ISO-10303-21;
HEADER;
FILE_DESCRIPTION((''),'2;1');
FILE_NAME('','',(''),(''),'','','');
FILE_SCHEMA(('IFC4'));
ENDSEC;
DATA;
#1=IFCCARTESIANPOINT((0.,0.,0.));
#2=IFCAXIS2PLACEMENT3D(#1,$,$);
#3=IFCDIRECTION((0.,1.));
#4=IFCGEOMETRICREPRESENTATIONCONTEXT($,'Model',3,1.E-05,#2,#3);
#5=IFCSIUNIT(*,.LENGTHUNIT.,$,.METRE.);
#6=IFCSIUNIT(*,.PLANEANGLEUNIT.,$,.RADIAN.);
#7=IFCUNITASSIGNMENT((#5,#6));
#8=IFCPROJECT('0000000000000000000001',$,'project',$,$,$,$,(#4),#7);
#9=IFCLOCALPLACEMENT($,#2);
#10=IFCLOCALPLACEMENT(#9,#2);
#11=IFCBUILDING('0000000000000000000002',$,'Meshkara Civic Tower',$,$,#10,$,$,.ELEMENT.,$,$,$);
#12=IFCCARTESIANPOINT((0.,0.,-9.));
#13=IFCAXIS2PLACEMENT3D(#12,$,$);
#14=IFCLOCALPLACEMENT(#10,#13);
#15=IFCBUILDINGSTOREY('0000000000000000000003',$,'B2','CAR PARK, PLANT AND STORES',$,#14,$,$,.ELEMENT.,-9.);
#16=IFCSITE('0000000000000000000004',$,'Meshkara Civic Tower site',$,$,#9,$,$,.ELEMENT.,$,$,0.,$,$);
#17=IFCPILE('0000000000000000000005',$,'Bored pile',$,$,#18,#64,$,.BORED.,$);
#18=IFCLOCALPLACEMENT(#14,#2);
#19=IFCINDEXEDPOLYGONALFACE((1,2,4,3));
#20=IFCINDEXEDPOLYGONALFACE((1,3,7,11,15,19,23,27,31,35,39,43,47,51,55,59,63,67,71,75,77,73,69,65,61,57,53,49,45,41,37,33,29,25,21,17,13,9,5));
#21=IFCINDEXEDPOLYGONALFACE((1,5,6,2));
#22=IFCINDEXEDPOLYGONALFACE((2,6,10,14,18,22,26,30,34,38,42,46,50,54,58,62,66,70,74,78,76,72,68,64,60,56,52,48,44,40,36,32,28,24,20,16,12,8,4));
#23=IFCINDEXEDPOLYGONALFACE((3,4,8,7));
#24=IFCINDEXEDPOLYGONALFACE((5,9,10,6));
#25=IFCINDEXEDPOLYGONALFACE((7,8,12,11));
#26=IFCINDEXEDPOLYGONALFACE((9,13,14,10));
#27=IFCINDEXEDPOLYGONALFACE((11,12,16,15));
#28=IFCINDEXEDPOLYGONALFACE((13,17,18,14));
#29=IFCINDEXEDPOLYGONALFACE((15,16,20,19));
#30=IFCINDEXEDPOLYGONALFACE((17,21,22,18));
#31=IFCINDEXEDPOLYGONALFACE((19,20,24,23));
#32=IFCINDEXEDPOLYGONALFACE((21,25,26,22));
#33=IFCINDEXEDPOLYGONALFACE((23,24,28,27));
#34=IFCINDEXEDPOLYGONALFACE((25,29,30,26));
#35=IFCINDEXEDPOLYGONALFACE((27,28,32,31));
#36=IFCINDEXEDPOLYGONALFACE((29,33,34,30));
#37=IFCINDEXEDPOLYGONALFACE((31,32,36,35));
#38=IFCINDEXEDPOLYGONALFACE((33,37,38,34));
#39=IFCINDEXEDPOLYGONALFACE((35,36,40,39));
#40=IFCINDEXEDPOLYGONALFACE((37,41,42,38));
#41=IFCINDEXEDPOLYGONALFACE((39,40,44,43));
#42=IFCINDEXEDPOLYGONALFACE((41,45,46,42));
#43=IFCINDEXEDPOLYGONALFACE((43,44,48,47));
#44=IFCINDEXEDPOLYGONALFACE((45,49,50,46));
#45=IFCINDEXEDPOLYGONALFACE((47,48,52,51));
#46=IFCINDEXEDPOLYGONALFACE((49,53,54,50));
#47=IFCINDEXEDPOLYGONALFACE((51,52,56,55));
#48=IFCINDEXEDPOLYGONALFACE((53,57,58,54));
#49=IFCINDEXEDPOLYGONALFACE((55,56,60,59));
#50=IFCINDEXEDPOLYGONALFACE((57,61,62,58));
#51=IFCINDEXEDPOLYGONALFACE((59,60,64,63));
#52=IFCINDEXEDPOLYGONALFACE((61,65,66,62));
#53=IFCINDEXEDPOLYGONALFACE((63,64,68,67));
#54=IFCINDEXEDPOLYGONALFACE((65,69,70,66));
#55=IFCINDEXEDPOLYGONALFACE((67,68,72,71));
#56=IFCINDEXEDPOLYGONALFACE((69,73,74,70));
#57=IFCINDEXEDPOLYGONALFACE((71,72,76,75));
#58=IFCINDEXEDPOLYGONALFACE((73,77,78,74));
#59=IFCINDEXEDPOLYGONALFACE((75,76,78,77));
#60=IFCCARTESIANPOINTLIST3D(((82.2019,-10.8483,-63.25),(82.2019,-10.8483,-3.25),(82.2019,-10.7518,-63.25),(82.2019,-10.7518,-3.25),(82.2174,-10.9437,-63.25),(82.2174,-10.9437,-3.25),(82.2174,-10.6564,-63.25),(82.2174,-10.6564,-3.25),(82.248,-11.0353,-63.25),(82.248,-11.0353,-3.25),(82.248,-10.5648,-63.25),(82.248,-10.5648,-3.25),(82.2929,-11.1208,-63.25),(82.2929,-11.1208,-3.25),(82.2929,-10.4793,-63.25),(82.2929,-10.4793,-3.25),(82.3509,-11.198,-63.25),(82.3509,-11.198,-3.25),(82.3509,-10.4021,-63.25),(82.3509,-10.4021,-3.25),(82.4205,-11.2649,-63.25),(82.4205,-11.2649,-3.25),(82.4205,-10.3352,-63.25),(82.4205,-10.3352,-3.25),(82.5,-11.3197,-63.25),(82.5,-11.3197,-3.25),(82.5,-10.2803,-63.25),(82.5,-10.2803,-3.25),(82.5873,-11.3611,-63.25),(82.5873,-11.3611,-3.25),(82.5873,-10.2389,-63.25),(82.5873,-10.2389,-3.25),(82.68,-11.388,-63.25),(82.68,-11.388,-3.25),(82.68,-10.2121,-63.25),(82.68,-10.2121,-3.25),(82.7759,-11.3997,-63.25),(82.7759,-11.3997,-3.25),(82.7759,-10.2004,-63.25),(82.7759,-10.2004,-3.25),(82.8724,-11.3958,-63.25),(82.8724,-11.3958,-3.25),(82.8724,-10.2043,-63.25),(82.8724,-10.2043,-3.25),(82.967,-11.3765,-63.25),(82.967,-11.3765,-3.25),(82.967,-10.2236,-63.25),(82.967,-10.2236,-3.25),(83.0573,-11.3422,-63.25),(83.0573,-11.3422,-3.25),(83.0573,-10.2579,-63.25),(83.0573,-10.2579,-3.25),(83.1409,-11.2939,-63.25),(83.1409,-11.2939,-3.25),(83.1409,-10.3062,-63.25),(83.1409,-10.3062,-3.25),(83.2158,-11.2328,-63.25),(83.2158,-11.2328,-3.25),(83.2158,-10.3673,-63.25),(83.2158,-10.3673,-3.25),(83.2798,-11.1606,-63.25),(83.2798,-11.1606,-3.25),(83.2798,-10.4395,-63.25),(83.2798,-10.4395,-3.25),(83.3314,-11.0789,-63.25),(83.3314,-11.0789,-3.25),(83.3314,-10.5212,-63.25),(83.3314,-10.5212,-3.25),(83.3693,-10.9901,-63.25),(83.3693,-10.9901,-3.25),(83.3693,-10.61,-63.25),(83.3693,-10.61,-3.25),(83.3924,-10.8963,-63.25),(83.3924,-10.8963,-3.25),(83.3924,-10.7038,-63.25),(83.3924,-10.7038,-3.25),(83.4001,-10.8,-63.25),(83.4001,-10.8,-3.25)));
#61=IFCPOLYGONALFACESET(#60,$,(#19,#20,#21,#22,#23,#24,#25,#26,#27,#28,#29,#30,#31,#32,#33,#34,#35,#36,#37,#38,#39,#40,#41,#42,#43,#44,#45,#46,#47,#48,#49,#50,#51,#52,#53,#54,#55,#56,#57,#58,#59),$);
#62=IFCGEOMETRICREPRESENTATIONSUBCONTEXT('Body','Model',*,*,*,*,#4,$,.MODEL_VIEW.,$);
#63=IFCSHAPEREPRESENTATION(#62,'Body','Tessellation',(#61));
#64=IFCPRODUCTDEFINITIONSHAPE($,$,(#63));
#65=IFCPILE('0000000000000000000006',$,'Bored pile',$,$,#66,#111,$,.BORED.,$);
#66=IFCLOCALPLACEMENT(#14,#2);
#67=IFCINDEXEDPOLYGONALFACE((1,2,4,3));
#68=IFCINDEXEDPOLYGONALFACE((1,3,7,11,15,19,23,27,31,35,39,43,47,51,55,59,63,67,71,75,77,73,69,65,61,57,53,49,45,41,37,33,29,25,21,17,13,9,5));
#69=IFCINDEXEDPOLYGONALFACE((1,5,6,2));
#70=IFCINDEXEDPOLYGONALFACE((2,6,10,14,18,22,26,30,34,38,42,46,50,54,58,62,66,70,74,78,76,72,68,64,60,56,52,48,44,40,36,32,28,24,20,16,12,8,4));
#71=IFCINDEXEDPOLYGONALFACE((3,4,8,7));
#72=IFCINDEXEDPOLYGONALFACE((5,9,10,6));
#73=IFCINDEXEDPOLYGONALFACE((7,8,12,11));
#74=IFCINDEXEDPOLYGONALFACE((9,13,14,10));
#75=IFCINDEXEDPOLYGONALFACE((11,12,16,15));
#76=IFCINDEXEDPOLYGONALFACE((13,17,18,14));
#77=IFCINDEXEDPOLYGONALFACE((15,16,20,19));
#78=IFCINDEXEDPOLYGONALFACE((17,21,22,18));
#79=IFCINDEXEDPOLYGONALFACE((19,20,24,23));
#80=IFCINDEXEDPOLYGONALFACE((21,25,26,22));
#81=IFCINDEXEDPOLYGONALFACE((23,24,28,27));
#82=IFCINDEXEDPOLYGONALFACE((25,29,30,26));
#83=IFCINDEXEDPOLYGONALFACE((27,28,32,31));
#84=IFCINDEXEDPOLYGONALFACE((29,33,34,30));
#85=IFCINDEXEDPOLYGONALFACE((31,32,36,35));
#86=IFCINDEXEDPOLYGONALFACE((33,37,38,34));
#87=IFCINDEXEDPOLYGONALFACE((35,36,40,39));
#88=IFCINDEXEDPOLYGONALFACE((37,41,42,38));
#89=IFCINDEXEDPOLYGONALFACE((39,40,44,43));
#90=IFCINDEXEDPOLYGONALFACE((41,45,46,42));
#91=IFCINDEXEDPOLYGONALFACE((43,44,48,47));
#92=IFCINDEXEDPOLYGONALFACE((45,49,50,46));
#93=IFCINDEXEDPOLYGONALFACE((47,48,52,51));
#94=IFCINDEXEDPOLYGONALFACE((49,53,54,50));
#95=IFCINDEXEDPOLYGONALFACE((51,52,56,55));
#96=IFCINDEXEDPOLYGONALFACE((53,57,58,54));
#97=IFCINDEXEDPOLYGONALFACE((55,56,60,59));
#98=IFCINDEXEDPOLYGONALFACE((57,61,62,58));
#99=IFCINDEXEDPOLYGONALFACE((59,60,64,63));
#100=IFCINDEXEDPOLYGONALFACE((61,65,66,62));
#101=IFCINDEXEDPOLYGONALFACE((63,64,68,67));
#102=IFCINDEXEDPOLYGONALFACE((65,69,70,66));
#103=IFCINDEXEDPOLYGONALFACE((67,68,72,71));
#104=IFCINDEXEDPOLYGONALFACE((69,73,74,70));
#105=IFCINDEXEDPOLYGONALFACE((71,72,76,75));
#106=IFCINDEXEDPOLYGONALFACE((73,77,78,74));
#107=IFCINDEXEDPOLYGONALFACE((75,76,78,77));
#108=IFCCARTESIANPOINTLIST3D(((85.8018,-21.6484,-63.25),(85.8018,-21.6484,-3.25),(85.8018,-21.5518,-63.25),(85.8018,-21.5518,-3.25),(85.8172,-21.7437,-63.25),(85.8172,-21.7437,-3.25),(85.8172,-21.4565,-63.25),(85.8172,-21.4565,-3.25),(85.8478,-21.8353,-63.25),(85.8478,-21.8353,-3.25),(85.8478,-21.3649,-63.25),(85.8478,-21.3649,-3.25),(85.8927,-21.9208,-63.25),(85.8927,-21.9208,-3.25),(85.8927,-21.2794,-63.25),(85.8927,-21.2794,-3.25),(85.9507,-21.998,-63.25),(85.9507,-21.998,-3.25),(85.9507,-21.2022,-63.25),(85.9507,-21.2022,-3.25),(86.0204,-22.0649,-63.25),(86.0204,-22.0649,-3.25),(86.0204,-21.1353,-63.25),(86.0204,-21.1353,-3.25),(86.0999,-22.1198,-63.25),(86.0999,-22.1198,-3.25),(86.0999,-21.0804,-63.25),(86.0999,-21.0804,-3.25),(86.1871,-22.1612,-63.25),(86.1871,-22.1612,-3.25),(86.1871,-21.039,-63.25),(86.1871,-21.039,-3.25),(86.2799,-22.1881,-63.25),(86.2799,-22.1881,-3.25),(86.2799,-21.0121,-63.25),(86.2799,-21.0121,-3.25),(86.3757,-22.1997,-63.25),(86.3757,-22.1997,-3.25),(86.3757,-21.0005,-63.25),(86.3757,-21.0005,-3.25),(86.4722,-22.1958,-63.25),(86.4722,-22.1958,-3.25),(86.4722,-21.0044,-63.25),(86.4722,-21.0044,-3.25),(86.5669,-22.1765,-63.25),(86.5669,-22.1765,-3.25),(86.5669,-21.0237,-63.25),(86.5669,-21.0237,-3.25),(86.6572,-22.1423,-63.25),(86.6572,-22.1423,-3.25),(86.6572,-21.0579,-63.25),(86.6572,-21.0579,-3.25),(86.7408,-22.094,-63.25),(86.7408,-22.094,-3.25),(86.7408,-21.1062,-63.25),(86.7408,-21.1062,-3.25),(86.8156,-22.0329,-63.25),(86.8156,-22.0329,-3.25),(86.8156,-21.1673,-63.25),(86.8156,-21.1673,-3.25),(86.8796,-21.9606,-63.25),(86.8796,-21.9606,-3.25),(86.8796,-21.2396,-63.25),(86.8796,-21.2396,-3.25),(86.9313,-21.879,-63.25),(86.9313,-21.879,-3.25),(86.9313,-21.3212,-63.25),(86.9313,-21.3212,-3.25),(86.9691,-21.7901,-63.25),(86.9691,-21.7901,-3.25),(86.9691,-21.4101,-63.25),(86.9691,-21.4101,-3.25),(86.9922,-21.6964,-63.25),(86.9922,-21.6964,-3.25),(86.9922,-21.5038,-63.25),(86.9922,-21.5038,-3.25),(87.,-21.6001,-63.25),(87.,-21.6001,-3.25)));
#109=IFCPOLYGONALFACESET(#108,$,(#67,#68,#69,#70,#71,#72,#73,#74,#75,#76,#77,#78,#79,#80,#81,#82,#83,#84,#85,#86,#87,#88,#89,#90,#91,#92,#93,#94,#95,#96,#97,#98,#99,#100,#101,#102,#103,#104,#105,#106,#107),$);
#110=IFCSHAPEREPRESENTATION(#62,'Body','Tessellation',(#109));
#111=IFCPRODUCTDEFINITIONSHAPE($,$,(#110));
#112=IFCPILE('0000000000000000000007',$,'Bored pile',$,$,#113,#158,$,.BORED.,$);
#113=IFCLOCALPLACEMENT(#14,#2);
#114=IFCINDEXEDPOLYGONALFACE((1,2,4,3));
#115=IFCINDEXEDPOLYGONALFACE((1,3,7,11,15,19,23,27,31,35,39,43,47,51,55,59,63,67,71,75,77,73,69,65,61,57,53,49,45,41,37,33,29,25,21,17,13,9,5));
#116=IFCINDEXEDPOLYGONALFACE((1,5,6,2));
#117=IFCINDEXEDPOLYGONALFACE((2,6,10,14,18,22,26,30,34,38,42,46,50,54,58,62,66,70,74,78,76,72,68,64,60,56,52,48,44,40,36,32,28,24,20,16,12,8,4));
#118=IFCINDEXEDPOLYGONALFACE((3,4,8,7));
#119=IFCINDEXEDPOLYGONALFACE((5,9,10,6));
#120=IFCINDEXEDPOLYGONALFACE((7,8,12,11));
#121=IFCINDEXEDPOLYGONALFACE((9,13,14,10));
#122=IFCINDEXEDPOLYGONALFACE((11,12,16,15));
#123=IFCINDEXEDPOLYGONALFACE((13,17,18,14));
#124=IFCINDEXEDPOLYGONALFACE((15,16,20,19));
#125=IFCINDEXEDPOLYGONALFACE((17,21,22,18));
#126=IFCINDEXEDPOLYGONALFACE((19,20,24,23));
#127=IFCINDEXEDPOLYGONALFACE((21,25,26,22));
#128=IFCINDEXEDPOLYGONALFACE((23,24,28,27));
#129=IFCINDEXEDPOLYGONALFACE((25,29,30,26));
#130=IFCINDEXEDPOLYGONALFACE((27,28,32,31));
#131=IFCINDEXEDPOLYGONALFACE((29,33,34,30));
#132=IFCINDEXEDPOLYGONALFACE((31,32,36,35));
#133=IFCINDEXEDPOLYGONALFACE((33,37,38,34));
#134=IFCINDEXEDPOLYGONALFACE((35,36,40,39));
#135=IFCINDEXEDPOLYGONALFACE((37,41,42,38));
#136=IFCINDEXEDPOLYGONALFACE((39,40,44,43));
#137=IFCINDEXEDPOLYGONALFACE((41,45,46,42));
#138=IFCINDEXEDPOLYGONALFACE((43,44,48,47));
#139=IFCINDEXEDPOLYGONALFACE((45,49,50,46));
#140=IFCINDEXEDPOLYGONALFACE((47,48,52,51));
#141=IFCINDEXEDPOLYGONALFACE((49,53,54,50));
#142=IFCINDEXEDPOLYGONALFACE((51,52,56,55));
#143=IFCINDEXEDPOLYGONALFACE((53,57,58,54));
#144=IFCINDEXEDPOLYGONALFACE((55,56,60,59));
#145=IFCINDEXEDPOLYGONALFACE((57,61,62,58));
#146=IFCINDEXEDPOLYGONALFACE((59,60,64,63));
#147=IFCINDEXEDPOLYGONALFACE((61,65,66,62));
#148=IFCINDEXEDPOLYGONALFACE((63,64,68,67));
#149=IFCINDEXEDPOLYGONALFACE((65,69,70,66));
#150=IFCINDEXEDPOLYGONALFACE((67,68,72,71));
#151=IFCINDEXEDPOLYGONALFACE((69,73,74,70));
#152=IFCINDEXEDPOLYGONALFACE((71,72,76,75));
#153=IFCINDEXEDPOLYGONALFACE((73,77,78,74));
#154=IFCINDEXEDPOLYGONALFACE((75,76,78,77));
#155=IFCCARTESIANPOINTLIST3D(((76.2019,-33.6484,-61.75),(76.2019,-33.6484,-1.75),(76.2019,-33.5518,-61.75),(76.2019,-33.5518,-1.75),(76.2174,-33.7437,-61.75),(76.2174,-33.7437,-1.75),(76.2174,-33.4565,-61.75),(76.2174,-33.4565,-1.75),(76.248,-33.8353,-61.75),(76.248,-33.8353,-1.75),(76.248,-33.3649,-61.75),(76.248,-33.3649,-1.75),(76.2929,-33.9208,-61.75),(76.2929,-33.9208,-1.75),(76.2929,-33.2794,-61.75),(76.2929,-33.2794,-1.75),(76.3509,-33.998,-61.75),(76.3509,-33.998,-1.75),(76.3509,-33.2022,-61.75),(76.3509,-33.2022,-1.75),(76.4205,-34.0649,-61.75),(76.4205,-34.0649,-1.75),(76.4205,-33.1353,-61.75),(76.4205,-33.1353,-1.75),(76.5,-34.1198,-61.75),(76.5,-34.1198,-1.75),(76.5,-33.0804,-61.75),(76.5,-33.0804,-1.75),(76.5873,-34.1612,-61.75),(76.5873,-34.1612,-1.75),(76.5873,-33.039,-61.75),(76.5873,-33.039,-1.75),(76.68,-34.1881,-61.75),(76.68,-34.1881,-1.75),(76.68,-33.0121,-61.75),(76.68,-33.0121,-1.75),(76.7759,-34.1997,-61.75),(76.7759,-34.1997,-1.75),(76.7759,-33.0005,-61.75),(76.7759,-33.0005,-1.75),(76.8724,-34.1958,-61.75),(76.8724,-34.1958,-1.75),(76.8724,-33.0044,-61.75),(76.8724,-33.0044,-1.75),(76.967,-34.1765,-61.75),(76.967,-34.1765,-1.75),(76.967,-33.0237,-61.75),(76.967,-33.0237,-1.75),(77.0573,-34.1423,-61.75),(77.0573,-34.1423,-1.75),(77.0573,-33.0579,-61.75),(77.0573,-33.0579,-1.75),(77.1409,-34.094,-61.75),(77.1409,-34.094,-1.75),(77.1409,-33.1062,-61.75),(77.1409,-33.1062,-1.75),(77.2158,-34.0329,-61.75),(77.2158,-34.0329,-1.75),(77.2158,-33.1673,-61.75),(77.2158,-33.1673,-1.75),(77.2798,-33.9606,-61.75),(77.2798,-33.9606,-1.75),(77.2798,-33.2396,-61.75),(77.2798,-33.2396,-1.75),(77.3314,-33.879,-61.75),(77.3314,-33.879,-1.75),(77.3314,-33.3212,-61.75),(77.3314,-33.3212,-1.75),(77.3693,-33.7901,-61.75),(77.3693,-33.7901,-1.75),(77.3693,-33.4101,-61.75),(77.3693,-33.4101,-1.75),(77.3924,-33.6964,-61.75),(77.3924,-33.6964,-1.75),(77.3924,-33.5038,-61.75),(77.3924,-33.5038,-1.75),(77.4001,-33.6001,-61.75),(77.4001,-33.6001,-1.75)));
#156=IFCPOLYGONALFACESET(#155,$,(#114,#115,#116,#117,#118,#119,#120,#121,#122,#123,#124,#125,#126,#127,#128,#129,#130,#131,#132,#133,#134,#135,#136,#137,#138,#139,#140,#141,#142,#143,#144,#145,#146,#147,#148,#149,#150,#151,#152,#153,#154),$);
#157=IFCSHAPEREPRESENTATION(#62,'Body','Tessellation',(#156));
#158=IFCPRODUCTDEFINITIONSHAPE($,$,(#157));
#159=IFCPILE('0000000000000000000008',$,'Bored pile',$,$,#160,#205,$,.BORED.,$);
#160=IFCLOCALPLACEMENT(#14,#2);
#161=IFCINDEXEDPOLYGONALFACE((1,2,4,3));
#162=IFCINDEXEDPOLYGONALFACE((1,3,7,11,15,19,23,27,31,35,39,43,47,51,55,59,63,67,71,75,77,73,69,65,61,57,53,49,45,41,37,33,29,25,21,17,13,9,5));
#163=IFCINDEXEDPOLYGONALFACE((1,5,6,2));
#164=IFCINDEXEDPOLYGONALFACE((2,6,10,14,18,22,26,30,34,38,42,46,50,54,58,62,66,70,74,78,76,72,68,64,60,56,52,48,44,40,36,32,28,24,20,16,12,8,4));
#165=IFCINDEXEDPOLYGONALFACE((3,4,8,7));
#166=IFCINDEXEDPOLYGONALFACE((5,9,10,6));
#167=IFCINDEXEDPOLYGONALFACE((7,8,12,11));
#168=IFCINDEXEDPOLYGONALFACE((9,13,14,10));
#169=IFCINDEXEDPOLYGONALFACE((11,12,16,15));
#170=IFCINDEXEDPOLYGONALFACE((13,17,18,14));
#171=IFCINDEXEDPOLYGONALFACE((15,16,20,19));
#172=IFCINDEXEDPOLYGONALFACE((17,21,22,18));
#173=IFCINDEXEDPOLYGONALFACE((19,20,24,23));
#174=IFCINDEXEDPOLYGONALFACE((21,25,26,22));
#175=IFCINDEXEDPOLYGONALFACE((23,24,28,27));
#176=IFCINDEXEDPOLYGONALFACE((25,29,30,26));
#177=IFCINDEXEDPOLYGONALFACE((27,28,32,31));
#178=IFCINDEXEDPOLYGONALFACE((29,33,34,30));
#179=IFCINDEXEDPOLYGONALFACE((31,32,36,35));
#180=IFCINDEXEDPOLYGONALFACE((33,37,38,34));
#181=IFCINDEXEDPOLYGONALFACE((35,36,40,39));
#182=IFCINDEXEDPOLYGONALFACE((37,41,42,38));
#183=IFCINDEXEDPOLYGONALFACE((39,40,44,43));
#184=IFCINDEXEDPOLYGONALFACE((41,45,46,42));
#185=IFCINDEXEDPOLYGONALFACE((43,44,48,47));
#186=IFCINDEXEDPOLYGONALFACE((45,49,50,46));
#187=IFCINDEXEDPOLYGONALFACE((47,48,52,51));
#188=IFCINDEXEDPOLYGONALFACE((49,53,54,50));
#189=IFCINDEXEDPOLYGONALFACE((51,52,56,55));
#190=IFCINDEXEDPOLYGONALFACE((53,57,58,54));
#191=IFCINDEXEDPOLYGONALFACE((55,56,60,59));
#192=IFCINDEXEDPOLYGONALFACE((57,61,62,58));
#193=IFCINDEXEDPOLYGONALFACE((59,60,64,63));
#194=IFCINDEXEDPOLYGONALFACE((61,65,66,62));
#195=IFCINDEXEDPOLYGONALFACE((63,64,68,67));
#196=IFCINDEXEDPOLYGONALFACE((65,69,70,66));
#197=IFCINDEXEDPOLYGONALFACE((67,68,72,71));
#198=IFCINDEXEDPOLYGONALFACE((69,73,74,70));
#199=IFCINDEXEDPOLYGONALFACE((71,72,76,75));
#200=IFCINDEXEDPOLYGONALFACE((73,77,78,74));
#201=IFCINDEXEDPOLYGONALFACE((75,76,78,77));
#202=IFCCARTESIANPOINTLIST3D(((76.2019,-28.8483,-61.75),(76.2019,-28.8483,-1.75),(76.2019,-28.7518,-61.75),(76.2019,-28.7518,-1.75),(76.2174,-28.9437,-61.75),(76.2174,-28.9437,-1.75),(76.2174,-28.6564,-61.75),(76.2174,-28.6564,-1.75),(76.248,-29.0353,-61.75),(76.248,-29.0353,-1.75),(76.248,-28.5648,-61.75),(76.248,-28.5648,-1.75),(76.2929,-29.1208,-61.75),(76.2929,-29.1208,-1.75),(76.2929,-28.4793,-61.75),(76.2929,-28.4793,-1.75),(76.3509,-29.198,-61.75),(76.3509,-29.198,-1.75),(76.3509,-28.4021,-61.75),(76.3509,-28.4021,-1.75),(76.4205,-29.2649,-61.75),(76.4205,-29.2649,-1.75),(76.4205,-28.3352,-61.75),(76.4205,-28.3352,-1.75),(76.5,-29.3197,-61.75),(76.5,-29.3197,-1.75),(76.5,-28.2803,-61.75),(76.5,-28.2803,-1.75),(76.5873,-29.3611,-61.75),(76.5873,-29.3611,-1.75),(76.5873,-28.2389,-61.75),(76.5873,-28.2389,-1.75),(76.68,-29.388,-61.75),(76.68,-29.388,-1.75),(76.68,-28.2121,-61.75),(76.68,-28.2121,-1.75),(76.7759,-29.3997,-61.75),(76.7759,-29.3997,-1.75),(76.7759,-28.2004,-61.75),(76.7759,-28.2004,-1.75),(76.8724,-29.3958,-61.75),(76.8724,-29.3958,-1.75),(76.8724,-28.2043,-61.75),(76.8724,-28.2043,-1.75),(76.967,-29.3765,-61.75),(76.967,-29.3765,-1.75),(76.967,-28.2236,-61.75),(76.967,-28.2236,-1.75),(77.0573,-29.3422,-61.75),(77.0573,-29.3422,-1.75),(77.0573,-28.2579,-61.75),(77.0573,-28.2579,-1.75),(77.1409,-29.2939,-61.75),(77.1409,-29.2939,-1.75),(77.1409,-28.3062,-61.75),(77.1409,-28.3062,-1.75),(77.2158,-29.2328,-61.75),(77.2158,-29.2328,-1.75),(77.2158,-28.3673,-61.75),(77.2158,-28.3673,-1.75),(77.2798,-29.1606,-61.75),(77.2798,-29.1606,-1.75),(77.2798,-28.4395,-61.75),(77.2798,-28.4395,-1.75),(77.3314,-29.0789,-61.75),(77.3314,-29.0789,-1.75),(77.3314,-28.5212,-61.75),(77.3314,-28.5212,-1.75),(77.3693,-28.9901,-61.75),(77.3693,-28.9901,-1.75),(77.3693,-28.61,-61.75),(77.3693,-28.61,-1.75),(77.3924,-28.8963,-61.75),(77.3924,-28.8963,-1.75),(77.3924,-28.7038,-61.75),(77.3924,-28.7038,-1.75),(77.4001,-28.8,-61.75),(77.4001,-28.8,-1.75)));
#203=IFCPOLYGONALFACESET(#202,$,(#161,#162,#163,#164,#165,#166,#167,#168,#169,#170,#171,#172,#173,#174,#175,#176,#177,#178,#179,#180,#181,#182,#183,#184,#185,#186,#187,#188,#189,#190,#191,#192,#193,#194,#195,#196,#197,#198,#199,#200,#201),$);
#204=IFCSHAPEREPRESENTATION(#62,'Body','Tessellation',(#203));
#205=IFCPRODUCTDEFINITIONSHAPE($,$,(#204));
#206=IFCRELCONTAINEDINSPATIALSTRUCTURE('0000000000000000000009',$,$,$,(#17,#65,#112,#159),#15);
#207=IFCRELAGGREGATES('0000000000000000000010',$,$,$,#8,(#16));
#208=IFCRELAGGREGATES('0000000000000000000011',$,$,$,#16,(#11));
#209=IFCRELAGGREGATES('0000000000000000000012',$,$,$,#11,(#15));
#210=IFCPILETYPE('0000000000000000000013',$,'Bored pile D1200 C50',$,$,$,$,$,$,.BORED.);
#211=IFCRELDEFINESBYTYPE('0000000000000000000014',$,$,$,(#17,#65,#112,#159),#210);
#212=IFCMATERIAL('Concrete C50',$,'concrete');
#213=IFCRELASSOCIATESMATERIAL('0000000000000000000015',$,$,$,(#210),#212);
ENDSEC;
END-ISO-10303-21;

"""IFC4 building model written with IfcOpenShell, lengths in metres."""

from ifc_helpers import new_model, si_unit, direction, frame, origin, origin_2d, place, context, subcontext, project, spatial, circle, extrude, material, material_profile, profile_set, type_object, element, save


model = new_model("IFC4")

# Units and contexts
model_context = context("Model", 3, precision=1e-05, world=origin(), true_north=direction((0.0, 1.0)))
body_context = subcontext(model_context, "Body", "Model", "MODEL_VIEW")
ifc_project = project(units=[si_unit("LENGTHUNIT", "METRE"), si_unit("PLANEANGLEUNIT", "RADIAN")], contexts=[model_context])

# Site, building, storey
site_placement = place(None, origin())
site = spatial("IfcSite", under=ifc_project, at=site_placement, Name="Meshkara Civic Tower site", CompositionType="ELEMENT", RefElevation=0.0)
building_placement = place(site_placement, origin())
building = spatial("IfcBuilding", under=site, at=building_placement, Name="Meshkara Civic Tower", CompositionType="ELEMENT")
storey_placement = place(building_placement, frame((0.0, 0.0, -9.0)))
storey = spatial("IfcBuildingStorey", under=building, at=storey_placement, Name="B2", Description="CAR PARK, PLANT AND STORES", CompositionType="ELEMENT", Elevation=-9.0)

# Piles
ifc_material_1 = material(Name="Concrete C50", Category="concrete")
ifc_material_profile_1 = material_profile(ifc_material_1, circle(Radius=0.6001, at=origin_2d()))
ifc_profile_set_1 = profile_set([ifc_material_profile_1], Name="Concrete C50")
pile_type = type_object("IfcPileType", Name="Bored pile D1200 C50", PredefinedType="BORED", material=ifc_profile_set_1)
for number, where, z_axis, x_axis, name in (
    (1, (82.8, -10.8, -3.25), (0.0, 0.0, -1.0), (1.0, 0.0, 0.0), "Bored pile"),
    (2, (86.3999, -21.6001, -3.25), (0.0, 0.0, -1.0), (1.0, 0.0, 0.0), "Bored pile"),
    (3, (76.8, -33.6001, -1.75), (0.0, 0.0, -1.0), (1.0, 0.0, 0.0), "Bored pile"),
    (4, (76.8, -28.8, -1.75), (0.0, 0.0, -1.0), (1.0, 0.0, 0.0), "Bored pile"),
):
    element("IfcPile", number, at=place(storey_placement, frame(where, z_axis=z_axis, x_axis=x_axis)), inside=storey, type_object=pile_type, Name=name, PredefinedType="BORED", context=body_context, shape_type="SweptSolid", body=[
        extrude(circle(Radius=0.6001, at=origin_2d()), origin(), (0.0, 0.0, 1.0), 60.0),
    ])

save(model, "model.ifc")
